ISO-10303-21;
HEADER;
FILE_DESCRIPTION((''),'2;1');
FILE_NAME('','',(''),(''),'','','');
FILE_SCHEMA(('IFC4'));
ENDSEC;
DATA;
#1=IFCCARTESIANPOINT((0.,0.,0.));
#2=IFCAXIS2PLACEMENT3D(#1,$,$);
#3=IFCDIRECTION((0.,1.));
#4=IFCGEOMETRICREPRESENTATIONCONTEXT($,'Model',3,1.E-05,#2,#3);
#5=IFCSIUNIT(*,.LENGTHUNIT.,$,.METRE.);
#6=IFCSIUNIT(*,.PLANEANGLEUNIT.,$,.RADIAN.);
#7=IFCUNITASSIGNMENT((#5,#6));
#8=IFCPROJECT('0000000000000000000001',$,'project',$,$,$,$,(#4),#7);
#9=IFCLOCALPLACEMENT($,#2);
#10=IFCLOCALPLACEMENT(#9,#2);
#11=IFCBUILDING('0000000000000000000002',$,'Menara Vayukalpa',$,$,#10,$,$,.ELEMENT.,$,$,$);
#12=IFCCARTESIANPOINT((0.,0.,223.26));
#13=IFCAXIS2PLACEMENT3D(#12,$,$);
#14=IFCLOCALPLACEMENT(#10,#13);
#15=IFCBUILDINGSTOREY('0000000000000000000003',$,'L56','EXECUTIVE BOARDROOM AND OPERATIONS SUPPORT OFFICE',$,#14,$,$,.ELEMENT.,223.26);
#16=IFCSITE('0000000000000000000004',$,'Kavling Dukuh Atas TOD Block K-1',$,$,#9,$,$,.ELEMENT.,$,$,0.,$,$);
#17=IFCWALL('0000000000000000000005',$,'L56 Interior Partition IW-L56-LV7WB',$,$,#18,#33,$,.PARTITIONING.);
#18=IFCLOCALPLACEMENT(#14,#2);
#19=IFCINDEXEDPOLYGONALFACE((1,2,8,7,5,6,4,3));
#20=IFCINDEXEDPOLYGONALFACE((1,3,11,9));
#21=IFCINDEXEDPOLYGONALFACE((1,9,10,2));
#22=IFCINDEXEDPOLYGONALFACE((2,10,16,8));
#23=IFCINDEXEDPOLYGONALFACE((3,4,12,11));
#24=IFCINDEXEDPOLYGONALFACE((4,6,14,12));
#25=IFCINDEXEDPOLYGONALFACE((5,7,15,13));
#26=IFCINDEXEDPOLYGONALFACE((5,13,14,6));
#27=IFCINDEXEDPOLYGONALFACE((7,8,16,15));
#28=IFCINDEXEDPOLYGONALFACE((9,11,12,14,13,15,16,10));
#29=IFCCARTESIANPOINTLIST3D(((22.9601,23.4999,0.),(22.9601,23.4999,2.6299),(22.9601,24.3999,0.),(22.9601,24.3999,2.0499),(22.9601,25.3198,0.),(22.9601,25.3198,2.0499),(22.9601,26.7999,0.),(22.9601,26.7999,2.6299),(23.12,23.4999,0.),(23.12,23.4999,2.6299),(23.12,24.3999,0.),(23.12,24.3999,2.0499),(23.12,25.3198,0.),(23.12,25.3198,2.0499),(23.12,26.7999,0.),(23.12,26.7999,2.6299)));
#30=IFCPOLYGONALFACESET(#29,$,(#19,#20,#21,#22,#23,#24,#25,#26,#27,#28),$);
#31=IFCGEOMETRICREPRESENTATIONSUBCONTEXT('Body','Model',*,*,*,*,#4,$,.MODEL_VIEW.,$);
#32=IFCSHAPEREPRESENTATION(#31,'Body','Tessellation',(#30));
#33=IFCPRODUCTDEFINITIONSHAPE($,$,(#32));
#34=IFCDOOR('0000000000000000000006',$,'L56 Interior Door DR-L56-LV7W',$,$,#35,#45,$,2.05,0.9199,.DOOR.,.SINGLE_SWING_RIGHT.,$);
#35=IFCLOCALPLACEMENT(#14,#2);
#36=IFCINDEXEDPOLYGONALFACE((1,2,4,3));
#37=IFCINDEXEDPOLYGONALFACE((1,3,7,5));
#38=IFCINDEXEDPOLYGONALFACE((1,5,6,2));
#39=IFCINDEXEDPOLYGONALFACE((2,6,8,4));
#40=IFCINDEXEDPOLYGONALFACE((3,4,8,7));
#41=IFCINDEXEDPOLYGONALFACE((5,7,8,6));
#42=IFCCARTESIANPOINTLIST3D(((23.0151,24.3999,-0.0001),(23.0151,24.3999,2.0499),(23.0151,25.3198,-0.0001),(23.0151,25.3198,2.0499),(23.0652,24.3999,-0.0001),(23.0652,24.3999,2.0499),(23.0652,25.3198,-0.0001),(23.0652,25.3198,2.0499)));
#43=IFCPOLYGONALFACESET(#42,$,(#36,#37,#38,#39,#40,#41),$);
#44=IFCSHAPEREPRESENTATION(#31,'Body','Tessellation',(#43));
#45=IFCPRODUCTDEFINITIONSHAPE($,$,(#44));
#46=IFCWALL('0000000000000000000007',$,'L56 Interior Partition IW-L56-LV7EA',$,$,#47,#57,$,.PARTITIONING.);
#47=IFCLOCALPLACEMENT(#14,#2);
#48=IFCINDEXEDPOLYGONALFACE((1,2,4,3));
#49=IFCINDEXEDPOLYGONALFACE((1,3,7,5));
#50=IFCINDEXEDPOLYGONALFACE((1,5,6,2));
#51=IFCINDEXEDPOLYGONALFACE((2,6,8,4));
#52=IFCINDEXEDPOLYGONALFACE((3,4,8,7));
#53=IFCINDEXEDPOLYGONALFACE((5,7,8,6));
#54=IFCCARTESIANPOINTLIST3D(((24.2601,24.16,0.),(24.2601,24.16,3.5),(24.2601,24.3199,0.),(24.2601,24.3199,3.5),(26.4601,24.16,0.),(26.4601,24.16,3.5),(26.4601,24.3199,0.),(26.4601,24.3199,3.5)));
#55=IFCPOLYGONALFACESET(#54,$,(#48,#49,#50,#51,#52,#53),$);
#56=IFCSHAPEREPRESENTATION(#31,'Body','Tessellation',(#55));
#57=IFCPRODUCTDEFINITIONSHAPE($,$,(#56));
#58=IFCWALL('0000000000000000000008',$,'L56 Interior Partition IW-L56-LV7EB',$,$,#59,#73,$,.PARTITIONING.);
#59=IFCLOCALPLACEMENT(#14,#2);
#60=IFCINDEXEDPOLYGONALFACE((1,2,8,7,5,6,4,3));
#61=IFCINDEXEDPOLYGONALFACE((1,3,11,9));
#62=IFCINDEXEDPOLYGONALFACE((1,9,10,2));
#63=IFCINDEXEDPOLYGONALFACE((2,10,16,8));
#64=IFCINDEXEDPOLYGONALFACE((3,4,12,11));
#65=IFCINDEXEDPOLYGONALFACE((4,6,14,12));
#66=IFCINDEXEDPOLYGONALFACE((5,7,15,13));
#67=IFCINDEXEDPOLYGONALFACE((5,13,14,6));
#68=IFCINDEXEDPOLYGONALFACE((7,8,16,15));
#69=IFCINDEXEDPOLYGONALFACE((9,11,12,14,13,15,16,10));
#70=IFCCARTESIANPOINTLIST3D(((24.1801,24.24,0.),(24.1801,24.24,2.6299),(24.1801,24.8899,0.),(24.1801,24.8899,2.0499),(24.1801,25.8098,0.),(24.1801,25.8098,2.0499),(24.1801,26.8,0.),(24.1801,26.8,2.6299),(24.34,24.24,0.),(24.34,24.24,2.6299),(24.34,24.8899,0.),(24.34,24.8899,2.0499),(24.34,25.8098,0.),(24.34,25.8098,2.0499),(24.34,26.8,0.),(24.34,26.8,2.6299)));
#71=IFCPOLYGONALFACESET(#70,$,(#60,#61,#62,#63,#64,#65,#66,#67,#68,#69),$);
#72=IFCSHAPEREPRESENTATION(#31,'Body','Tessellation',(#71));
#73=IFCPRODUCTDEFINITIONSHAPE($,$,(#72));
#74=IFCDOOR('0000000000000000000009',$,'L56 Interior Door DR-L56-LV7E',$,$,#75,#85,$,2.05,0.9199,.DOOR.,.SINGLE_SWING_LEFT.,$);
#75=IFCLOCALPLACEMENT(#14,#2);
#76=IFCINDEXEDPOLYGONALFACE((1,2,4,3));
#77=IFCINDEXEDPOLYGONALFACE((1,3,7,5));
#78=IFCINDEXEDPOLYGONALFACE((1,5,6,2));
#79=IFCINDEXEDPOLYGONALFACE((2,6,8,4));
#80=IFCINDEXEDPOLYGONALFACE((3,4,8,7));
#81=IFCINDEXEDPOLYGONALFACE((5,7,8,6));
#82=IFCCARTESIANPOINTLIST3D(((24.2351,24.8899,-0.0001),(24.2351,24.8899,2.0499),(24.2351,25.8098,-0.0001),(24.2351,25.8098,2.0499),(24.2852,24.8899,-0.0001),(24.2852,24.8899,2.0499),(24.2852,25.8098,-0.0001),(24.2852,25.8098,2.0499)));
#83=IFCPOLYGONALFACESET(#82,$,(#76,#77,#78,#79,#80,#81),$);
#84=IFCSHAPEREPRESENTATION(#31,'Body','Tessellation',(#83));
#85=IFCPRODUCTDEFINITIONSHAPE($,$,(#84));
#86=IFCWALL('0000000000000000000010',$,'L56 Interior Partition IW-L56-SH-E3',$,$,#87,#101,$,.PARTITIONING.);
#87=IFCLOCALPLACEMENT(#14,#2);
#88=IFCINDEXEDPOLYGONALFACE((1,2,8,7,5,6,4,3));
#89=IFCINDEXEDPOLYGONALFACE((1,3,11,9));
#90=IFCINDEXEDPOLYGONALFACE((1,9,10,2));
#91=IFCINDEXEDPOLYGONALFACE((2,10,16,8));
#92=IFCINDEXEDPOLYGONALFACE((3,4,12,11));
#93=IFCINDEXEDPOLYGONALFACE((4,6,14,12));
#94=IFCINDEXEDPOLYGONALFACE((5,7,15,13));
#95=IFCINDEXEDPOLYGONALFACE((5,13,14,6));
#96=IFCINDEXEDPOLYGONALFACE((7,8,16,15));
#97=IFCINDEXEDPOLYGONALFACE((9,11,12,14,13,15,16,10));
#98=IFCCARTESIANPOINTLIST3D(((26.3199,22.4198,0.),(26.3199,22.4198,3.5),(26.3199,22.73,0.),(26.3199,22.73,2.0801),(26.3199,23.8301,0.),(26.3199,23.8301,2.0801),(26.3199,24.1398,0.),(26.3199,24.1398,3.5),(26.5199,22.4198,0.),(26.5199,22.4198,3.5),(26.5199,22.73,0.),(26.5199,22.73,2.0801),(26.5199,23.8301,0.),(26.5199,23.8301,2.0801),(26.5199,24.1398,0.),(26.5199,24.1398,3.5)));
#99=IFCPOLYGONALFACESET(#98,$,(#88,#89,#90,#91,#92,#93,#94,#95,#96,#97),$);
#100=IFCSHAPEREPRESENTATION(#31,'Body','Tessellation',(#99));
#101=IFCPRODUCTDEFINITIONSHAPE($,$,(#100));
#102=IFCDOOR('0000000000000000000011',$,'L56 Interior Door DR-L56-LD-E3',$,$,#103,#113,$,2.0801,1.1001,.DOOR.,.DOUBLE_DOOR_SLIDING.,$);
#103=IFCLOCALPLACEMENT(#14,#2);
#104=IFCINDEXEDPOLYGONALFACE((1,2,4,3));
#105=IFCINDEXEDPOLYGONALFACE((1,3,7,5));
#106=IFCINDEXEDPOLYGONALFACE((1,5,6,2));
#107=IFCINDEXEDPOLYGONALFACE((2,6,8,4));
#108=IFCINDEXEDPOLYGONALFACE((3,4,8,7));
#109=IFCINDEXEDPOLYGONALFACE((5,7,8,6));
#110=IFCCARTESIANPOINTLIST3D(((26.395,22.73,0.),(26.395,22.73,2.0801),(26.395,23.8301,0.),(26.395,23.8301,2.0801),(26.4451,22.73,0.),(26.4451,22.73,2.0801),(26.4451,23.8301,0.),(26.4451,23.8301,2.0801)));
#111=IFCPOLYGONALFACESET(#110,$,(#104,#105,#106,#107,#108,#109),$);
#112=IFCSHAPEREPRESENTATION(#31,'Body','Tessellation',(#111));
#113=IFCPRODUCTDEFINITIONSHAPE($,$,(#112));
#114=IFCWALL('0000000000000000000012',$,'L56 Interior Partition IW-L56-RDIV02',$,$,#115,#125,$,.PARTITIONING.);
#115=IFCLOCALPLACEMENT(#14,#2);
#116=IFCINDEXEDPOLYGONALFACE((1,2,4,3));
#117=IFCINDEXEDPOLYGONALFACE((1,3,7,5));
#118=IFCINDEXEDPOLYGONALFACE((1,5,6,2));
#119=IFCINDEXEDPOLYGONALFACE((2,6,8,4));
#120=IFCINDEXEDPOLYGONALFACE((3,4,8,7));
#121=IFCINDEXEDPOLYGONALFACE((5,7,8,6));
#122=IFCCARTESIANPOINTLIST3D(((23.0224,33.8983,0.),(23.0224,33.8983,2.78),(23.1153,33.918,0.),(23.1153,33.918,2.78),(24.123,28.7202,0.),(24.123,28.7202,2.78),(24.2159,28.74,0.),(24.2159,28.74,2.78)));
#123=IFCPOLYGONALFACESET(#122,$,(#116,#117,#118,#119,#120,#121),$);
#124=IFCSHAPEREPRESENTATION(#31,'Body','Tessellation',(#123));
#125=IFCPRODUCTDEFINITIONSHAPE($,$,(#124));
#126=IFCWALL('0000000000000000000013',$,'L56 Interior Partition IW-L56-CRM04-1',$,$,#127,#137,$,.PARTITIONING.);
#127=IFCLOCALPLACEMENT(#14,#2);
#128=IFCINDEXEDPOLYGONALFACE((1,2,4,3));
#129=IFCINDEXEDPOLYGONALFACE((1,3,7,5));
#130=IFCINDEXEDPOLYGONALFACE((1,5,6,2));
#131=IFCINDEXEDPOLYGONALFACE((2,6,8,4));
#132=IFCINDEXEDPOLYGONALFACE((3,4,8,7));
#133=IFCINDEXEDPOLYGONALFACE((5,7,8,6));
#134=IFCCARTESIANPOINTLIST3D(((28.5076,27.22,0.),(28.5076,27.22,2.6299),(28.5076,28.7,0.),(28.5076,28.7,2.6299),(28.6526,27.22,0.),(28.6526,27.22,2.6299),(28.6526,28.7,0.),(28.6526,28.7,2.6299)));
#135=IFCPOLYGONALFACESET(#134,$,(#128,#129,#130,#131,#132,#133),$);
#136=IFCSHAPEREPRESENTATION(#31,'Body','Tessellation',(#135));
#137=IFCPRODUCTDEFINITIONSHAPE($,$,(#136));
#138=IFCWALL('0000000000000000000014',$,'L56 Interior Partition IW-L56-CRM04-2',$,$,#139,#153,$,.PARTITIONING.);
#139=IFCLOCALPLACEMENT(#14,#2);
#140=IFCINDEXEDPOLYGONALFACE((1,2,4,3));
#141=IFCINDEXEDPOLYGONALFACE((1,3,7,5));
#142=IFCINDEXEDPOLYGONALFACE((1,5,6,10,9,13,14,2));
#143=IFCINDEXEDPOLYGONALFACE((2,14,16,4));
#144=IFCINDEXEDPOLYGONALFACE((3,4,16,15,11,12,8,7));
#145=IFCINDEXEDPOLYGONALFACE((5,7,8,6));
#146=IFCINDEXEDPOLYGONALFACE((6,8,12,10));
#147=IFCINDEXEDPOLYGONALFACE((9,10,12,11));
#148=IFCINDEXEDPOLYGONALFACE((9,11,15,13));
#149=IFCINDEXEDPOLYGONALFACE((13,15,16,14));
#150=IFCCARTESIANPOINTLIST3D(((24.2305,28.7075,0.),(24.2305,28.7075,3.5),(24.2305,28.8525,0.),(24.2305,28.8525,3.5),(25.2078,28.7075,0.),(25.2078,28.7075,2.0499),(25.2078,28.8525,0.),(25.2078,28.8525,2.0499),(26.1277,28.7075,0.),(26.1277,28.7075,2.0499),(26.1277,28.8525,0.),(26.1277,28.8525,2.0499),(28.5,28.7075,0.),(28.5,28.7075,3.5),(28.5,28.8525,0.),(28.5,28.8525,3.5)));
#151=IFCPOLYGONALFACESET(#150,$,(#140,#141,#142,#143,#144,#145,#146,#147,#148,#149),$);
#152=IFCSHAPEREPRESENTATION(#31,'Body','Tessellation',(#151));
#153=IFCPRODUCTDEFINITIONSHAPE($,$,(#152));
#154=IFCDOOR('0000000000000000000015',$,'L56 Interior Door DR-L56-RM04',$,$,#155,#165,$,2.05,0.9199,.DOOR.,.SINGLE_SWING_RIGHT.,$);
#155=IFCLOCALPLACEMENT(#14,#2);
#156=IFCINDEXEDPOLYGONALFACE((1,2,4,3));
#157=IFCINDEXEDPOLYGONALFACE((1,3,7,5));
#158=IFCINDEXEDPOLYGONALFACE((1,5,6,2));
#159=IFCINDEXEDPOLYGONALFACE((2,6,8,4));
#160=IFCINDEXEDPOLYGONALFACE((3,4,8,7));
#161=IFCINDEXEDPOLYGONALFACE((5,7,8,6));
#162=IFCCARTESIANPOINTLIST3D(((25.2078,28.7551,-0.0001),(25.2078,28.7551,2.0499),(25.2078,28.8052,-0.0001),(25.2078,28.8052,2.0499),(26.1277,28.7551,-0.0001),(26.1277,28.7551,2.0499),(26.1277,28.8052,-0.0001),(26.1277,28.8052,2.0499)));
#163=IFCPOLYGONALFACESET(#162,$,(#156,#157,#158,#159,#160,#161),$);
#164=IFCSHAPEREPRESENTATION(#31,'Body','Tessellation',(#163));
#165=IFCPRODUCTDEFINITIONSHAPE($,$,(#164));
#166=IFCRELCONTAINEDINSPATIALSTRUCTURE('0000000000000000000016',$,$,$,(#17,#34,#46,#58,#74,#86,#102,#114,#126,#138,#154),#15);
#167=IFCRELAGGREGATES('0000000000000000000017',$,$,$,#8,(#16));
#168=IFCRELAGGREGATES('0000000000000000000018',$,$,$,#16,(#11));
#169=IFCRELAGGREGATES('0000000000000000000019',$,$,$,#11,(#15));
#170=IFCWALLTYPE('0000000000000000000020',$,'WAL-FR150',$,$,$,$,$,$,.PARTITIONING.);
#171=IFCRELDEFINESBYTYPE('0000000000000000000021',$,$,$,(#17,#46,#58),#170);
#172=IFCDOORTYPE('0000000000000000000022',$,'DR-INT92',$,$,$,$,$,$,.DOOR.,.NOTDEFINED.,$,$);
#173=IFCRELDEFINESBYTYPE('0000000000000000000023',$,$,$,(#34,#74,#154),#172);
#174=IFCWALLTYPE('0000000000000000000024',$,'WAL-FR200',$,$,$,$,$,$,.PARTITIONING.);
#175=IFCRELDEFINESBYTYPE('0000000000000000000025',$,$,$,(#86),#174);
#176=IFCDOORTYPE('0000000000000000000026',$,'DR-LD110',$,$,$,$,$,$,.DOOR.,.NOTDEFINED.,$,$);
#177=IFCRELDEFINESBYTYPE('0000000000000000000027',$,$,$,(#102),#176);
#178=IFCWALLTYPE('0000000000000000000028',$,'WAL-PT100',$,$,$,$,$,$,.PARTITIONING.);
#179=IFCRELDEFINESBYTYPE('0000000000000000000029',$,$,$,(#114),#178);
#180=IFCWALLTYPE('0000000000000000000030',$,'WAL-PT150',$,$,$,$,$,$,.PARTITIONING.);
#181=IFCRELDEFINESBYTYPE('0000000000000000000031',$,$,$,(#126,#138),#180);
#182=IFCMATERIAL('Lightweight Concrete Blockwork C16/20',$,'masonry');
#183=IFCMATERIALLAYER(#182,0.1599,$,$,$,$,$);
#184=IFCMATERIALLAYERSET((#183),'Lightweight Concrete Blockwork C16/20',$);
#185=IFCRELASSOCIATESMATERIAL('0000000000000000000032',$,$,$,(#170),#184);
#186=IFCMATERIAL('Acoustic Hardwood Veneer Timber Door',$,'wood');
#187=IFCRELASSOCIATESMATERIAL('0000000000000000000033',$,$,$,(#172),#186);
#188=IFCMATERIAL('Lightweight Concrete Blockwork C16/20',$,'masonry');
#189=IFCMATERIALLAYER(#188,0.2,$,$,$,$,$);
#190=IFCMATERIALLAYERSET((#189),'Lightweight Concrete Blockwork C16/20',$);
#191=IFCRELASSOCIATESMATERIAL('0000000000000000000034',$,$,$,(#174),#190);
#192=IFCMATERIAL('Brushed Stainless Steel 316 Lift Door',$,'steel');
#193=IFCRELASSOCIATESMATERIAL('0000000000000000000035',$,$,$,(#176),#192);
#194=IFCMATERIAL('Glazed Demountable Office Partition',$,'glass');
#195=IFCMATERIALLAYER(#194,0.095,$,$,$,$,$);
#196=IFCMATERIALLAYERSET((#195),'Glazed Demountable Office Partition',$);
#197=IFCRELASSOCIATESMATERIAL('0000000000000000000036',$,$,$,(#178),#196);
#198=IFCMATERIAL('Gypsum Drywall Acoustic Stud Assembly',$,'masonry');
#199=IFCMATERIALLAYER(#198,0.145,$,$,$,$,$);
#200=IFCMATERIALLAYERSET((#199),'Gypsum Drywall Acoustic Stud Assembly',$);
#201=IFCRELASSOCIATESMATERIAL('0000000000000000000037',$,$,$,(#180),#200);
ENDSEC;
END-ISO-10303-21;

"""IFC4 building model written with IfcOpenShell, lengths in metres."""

from ifc_helpers import new_model, si_unit, direction, frame, frame_2d, origin, place, context, subcontext, project, spatial, rectangle, extrude, material, layer, layer_set, type_object, element, fill, save


model = new_model("IFC4")

# Units and contexts
model_context = context("Model", 3, precision=1e-05, world=origin(), true_north=direction((0.0, 1.0)))
body_context = subcontext(model_context, "Body", "Model", "MODEL_VIEW")
ifc_project = project(units=[si_unit("LENGTHUNIT", "METRE"), si_unit("PLANEANGLEUNIT", "RADIAN")], contexts=[model_context])

# Site, building, storey
site_placement = place(None, origin())
site = spatial("IfcSite", under=ifc_project, at=site_placement, Name="Kavling Dukuh Atas TOD Block K-1", CompositionType="ELEMENT", RefElevation=0.0)
building_placement = place(site_placement, origin())
building = spatial("IfcBuilding", under=site, at=building_placement, Name="Menara Vayukalpa", CompositionType="ELEMENT")
storey_placement = place(building_placement, frame((0.0, 0.0, 223.26)))
storey = spatial("IfcBuildingStorey", under=building, at=storey_placement, Name="L56", Description="EXECUTIVE BOARDROOM AND OPERATIONS SUPPORT OFFICE", CompositionType="ELEMENT", Elevation=223.26)

# Shared definitions
ifc_material_1 = material(Name="Lightweight Concrete Blockwork C16/20", Category="masonry")
ifc_layer_1 = layer(ifc_material_1, 0.1599)
ifc_layer_set_1 = layer_set([ifc_layer_1], Name="Lightweight Concrete Blockwork C16/20")
wall_type_1 = type_object("IfcWallType", Name="WAL-FR150", PredefinedType="PARTITIONING", material=ifc_layer_set_1)

# Wall, opening, door
wall_1_placement = place(storey_placement, frame((23.04, 23.5, 0.0), z_axis=(0.0, 0.0, 1.0), x_axis=(0.0, 1.0, 0.0)))
wall_1 = element("IfcWall", 1, at=wall_1_placement, inside=storey, type_object=wall_type_1, Name="L56 Interior Partition IW-L56-LV7WB", PredefinedType="PARTITIONING", context=body_context, shape_type="SweptSolid", body=[
    extrude(rectangle(XDim=3.3, YDim=0.1599, at=frame_2d((1.6499, 0.0))), origin(), (0.0, 0.0, 1.0), 2.6299),
])
opening_1_placement = place(wall_1_placement, frame((0.8999, 0.0, 0.0)))
opening_1 = element("IfcOpeningElement", 2, at=opening_1_placement, cuts=wall_1, PredefinedType="OPENING", context=body_context, shape_type="SweptSolid", body=[
    extrude(rectangle(XDim=0.9199, YDim=2.05, at=frame_2d((0.46, 1.0249))), frame((0.0, 0.0898, 0.0), z_axis=(0.0, -1.0, 0.0), x_axis=(1.0, 0.0, 0.0)), (0.0, 0.0, 1.0), 0.1799),
])
ifc_material_2 = material(Name="Acoustic Hardwood Veneer Timber Door", Category="wood")
door_type_1 = type_object("IfcDoorType", Name="DR-INT92", OperationType="NOTDEFINED", PredefinedType="DOOR", material=ifc_material_2)
door_1_placement = place(opening_1_placement, origin())
door_1 = element("IfcDoor", 3, at=door_1_placement, inside=storey, type_object=door_type_1, Name="L56 Interior Door DR-L56-LV7W", OperationType="SINGLE_SWING_RIGHT", OverallHeight=2.05, OverallWidth=0.9199, PredefinedType="DOOR", context=body_context, shape_type="SweptSolid", body=[
    extrude(rectangle(XDim=0.9199, YDim=2.05, at=frame_2d((0.46, 1.0249))), frame((0.0, 0.0249, 0.0), z_axis=(0.0, -1.0, 0.0), x_axis=(1.0, 0.0, 0.0)), (0.0, 0.0, 1.0), 0.05),
])
fill(opening_1, door_1)

# Wall
wall_2_placement = place(storey_placement, frame((24.26, 24.24, 0.0), z_axis=(0.0, 0.0, 1.0), x_axis=(1.0, 0.0, 0.0)))
element("IfcWall", 4, at=wall_2_placement, inside=storey, type_object=wall_type_1, Name="L56 Interior Partition IW-L56-LV7EA", PredefinedType="PARTITIONING", context=body_context, shape_type="SweptSolid", body=[
    extrude(rectangle(XDim=2.2, YDim=0.1599, at=frame_2d((1.1001, 0.0))), origin(), (0.0, 0.0, 1.0), 3.5),
])

# Walls, openings, doors
wall_3_placement = place(storey_placement, frame((24.26, 24.24, 0.0), z_axis=(0.0, 0.0, 1.0), x_axis=(0.0, 1.0, 0.0)))
wall_3 = element("IfcWall", 5, at=wall_3_placement, inside=storey, type_object=wall_type_1, Name="L56 Interior Partition IW-L56-LV7EB", PredefinedType="PARTITIONING", context=body_context, shape_type="SweptSolid", body=[
    extrude(rectangle(XDim=2.5601, YDim=0.1599, at=frame_2d((1.28, 0.0))), origin(), (0.0, 0.0, 1.0), 2.6299),
])
opening_2_placement = place(wall_3_placement, frame((0.6499, 0.0, 0.0)))
opening_2 = element("IfcOpeningElement", 6, at=opening_2_placement, cuts=wall_3, PredefinedType="OPENING", context=body_context, shape_type="SweptSolid", body=[
    extrude(rectangle(XDim=0.9199, YDim=2.05, at=frame_2d((0.46, 1.0249))), frame((0.0, 0.0898, 0.0), z_axis=(0.0, -1.0, 0.0), x_axis=(1.0, 0.0, 0.0)), (0.0, 0.0, 1.0), 0.1799),
])
door_2_placement = place(opening_2_placement, origin())
door_2 = element("IfcDoor", 7, at=door_2_placement, inside=storey, type_object=door_type_1, Name="L56 Interior Door DR-L56-LV7E", OperationType="SINGLE_SWING_LEFT", OverallHeight=2.05, OverallWidth=0.9199, PredefinedType="DOOR", context=body_context, shape_type="SweptSolid", body=[
    extrude(rectangle(XDim=0.9199, YDim=2.05, at=frame_2d((0.46, 1.0249))), frame((0.0, 0.0249, 0.0), z_axis=(0.0, -1.0, 0.0), x_axis=(1.0, 0.0, 0.0)), (0.0, 0.0, 1.0), 0.05),
])
fill(opening_2, door_2)
ifc_material_3 = material(Name="Lightweight Concrete Blockwork C16/20", Category="masonry")
ifc_layer_2 = layer(ifc_material_3, 0.2)
ifc_layer_set_2 = layer_set([ifc_layer_2], Name="Lightweight Concrete Blockwork C16/20")
wall_type_2 = type_object("IfcWallType", Name="WAL-FR200", PredefinedType="PARTITIONING", material=ifc_layer_set_2)
wall_4_placement = place(storey_placement, frame((26.4199, 22.4199, 0.0), z_axis=(0.0, 0.0, 1.0), x_axis=(0.0, 1.0, 0.0)))
wall_4 = element("IfcWall", 8, at=wall_4_placement, inside=storey, type_object=wall_type_2, Name="L56 Interior Partition IW-L56-SH-E3", PredefinedType="PARTITIONING", context=body_context, shape_type="SweptSolid", body=[
    extrude(rectangle(XDim=1.72, YDim=0.2, at=frame_2d((0.8599, 0.0))), origin(), (0.0, 0.0, 1.0), 3.5),
])
opening_3_placement = place(wall_4_placement, frame((0.3101, 0.0, 0.0)))
opening_3 = element("IfcOpeningElement", 9, at=opening_3_placement, cuts=wall_4, PredefinedType="OPENING", context=body_context, shape_type="SweptSolid", body=[
    extrude(rectangle(XDim=1.1001, YDim=2.0801, at=frame_2d((0.55, 1.04))), frame((0.0, 0.1099, 0.0), z_axis=(0.0, -1.0, 0.0), x_axis=(1.0, 0.0, 0.0)), (0.0, 0.0, 1.0), 0.22),
])
ifc_material_4 = material(Name="Brushed Stainless Steel 316 Lift Door", Category="steel")
door_type_2 = type_object("IfcDoorType", Name="DR-LD110", OperationType="NOTDEFINED", PredefinedType="DOOR", material=ifc_material_4)
door_3_placement = place(opening_3_placement, origin())
door_3 = element("IfcDoor", 10, at=door_3_placement, inside=storey, type_object=door_type_2, Name="L56 Interior Door DR-L56-LD-E3", OperationType="DOUBLE_DOOR_SLIDING", OverallHeight=2.0801, OverallWidth=1.1001, PredefinedType="DOOR", context=body_context, shape_type="SweptSolid", body=[
    extrude(rectangle(XDim=1.1001, YDim=2.0801, at=frame_2d((0.55, 1.04))), frame((0.0, 0.0249, 0.0), z_axis=(0.0, -1.0, 0.0), x_axis=(1.0, 0.0, 0.0)), (0.0, 0.0, 1.0), 0.05),
])
fill(opening_3, door_3)

# Walls
ifc_material_5 = material(Name="Glazed Demountable Office Partition", Category="glass")
ifc_layer_3 = layer(ifc_material_5, 0.095)
ifc_layer_set_3 = layer_set([ifc_layer_3], Name="Glazed Demountable Office Partition")
wall_type_3 = type_object("IfcWallType", Name="WAL-PT100", PredefinedType="PARTITIONING", material=ifc_layer_set_3)
wall_5_placement = place(storey_placement, frame((24.1694, 28.73, 0.0), z_axis=(0.0, 0.0, 1.0), x_axis=(-0.207907, 0.978149, 0.0)))
element("IfcWall", 11, at=wall_5_placement, inside=storey, type_object=wall_type_3, Name="L56 Interior Partition IW-L56-RDIV02", PredefinedType="PARTITIONING", context=body_context, shape_type="SweptSolid", body=[
    extrude(rectangle(XDim=5.2937, YDim=0.095, at=frame_2d((2.647, 0.0))), origin(), (0.0, 0.0, 1.0), 2.78),
])
ifc_material_6 = material(Name="Gypsum Drywall Acoustic Stud Assembly", Category="masonry")
ifc_layer_4 = layer(ifc_material_6, 0.145)
ifc_layer_set_4 = layer_set([ifc_layer_4], Name="Gypsum Drywall Acoustic Stud Assembly")
wall_type_4 = type_object("IfcWallType", Name="WAL-PT150", PredefinedType="PARTITIONING", material=ifc_layer_set_4)
wall_6_placement = place(storey_placement, frame((28.5801, 27.22, 0.0), z_axis=(0.0, 0.0, 1.0), x_axis=(0.0, 1.0, 0.0)))
element("IfcWall", 12, at=wall_6_placement, inside=storey, type_object=wall_type_4, Name="L56 Interior Partition IW-L56-CRM04-1", PredefinedType="PARTITIONING", context=body_context, shape_type="SweptSolid", body=[
    extrude(rectangle(XDim=1.48, YDim=0.145, at=frame_2d((0.74, 0.0))), origin(), (0.0, 0.0, 1.0), 2.6299),
])

# Wall, opening, door
wall_7_placement = place(storey_placement, frame((28.5, 28.78, 0.0), z_axis=(0.0, 0.0, 1.0), x_axis=(-1.0, 0.0, 0.0)))
wall_7 = element("IfcWall", 13, at=wall_7_placement, inside=storey, type_object=wall_type_4, Name="L56 Interior Partition IW-L56-CRM04-2", PredefinedType="PARTITIONING", context=body_context, shape_type="SweptSolid", body=[
    extrude(rectangle(XDim=4.2695, YDim=0.145, at=frame_2d((2.1348, 0.0))), origin(), (0.0, 0.0, 1.0), 3.5),
])
opening_4_placement = place(wall_7_placement, frame((2.3723, 0.0, 0.0)))
opening_4 = element("IfcOpeningElement", 14, at=opening_4_placement, cuts=wall_7, PredefinedType="OPENING", context=body_context, shape_type="SweptSolid", body=[
    extrude(rectangle(XDim=0.9199, YDim=2.05, at=frame_2d((0.46, 1.0249))), frame((0.0, 0.0825, 0.0), z_axis=(0.0, -1.0, 0.0), x_axis=(1.0, 0.0, 0.0)), (0.0, 0.0, 1.0), 0.165),
])
door_4_placement = place(opening_4_placement, origin())
door_4 = element("IfcDoor", 15, at=door_4_placement, inside=storey, type_object=door_type_1, Name="L56 Interior Door DR-L56-RM04", OperationType="SINGLE_SWING_RIGHT", OverallHeight=2.05, OverallWidth=0.9199, PredefinedType="DOOR", context=body_context, shape_type="SweptSolid", body=[
    extrude(rectangle(XDim=0.9199, YDim=2.05, at=frame_2d((0.46, 1.0249))), frame((0.0, 0.0249, 0.0), z_axis=(0.0, -1.0, 0.0), x_axis=(1.0, 0.0, 0.0)), (0.0, 0.0, 1.0), 0.05),
])
fill(opening_4, door_4)

save(model, "model.ifc")
